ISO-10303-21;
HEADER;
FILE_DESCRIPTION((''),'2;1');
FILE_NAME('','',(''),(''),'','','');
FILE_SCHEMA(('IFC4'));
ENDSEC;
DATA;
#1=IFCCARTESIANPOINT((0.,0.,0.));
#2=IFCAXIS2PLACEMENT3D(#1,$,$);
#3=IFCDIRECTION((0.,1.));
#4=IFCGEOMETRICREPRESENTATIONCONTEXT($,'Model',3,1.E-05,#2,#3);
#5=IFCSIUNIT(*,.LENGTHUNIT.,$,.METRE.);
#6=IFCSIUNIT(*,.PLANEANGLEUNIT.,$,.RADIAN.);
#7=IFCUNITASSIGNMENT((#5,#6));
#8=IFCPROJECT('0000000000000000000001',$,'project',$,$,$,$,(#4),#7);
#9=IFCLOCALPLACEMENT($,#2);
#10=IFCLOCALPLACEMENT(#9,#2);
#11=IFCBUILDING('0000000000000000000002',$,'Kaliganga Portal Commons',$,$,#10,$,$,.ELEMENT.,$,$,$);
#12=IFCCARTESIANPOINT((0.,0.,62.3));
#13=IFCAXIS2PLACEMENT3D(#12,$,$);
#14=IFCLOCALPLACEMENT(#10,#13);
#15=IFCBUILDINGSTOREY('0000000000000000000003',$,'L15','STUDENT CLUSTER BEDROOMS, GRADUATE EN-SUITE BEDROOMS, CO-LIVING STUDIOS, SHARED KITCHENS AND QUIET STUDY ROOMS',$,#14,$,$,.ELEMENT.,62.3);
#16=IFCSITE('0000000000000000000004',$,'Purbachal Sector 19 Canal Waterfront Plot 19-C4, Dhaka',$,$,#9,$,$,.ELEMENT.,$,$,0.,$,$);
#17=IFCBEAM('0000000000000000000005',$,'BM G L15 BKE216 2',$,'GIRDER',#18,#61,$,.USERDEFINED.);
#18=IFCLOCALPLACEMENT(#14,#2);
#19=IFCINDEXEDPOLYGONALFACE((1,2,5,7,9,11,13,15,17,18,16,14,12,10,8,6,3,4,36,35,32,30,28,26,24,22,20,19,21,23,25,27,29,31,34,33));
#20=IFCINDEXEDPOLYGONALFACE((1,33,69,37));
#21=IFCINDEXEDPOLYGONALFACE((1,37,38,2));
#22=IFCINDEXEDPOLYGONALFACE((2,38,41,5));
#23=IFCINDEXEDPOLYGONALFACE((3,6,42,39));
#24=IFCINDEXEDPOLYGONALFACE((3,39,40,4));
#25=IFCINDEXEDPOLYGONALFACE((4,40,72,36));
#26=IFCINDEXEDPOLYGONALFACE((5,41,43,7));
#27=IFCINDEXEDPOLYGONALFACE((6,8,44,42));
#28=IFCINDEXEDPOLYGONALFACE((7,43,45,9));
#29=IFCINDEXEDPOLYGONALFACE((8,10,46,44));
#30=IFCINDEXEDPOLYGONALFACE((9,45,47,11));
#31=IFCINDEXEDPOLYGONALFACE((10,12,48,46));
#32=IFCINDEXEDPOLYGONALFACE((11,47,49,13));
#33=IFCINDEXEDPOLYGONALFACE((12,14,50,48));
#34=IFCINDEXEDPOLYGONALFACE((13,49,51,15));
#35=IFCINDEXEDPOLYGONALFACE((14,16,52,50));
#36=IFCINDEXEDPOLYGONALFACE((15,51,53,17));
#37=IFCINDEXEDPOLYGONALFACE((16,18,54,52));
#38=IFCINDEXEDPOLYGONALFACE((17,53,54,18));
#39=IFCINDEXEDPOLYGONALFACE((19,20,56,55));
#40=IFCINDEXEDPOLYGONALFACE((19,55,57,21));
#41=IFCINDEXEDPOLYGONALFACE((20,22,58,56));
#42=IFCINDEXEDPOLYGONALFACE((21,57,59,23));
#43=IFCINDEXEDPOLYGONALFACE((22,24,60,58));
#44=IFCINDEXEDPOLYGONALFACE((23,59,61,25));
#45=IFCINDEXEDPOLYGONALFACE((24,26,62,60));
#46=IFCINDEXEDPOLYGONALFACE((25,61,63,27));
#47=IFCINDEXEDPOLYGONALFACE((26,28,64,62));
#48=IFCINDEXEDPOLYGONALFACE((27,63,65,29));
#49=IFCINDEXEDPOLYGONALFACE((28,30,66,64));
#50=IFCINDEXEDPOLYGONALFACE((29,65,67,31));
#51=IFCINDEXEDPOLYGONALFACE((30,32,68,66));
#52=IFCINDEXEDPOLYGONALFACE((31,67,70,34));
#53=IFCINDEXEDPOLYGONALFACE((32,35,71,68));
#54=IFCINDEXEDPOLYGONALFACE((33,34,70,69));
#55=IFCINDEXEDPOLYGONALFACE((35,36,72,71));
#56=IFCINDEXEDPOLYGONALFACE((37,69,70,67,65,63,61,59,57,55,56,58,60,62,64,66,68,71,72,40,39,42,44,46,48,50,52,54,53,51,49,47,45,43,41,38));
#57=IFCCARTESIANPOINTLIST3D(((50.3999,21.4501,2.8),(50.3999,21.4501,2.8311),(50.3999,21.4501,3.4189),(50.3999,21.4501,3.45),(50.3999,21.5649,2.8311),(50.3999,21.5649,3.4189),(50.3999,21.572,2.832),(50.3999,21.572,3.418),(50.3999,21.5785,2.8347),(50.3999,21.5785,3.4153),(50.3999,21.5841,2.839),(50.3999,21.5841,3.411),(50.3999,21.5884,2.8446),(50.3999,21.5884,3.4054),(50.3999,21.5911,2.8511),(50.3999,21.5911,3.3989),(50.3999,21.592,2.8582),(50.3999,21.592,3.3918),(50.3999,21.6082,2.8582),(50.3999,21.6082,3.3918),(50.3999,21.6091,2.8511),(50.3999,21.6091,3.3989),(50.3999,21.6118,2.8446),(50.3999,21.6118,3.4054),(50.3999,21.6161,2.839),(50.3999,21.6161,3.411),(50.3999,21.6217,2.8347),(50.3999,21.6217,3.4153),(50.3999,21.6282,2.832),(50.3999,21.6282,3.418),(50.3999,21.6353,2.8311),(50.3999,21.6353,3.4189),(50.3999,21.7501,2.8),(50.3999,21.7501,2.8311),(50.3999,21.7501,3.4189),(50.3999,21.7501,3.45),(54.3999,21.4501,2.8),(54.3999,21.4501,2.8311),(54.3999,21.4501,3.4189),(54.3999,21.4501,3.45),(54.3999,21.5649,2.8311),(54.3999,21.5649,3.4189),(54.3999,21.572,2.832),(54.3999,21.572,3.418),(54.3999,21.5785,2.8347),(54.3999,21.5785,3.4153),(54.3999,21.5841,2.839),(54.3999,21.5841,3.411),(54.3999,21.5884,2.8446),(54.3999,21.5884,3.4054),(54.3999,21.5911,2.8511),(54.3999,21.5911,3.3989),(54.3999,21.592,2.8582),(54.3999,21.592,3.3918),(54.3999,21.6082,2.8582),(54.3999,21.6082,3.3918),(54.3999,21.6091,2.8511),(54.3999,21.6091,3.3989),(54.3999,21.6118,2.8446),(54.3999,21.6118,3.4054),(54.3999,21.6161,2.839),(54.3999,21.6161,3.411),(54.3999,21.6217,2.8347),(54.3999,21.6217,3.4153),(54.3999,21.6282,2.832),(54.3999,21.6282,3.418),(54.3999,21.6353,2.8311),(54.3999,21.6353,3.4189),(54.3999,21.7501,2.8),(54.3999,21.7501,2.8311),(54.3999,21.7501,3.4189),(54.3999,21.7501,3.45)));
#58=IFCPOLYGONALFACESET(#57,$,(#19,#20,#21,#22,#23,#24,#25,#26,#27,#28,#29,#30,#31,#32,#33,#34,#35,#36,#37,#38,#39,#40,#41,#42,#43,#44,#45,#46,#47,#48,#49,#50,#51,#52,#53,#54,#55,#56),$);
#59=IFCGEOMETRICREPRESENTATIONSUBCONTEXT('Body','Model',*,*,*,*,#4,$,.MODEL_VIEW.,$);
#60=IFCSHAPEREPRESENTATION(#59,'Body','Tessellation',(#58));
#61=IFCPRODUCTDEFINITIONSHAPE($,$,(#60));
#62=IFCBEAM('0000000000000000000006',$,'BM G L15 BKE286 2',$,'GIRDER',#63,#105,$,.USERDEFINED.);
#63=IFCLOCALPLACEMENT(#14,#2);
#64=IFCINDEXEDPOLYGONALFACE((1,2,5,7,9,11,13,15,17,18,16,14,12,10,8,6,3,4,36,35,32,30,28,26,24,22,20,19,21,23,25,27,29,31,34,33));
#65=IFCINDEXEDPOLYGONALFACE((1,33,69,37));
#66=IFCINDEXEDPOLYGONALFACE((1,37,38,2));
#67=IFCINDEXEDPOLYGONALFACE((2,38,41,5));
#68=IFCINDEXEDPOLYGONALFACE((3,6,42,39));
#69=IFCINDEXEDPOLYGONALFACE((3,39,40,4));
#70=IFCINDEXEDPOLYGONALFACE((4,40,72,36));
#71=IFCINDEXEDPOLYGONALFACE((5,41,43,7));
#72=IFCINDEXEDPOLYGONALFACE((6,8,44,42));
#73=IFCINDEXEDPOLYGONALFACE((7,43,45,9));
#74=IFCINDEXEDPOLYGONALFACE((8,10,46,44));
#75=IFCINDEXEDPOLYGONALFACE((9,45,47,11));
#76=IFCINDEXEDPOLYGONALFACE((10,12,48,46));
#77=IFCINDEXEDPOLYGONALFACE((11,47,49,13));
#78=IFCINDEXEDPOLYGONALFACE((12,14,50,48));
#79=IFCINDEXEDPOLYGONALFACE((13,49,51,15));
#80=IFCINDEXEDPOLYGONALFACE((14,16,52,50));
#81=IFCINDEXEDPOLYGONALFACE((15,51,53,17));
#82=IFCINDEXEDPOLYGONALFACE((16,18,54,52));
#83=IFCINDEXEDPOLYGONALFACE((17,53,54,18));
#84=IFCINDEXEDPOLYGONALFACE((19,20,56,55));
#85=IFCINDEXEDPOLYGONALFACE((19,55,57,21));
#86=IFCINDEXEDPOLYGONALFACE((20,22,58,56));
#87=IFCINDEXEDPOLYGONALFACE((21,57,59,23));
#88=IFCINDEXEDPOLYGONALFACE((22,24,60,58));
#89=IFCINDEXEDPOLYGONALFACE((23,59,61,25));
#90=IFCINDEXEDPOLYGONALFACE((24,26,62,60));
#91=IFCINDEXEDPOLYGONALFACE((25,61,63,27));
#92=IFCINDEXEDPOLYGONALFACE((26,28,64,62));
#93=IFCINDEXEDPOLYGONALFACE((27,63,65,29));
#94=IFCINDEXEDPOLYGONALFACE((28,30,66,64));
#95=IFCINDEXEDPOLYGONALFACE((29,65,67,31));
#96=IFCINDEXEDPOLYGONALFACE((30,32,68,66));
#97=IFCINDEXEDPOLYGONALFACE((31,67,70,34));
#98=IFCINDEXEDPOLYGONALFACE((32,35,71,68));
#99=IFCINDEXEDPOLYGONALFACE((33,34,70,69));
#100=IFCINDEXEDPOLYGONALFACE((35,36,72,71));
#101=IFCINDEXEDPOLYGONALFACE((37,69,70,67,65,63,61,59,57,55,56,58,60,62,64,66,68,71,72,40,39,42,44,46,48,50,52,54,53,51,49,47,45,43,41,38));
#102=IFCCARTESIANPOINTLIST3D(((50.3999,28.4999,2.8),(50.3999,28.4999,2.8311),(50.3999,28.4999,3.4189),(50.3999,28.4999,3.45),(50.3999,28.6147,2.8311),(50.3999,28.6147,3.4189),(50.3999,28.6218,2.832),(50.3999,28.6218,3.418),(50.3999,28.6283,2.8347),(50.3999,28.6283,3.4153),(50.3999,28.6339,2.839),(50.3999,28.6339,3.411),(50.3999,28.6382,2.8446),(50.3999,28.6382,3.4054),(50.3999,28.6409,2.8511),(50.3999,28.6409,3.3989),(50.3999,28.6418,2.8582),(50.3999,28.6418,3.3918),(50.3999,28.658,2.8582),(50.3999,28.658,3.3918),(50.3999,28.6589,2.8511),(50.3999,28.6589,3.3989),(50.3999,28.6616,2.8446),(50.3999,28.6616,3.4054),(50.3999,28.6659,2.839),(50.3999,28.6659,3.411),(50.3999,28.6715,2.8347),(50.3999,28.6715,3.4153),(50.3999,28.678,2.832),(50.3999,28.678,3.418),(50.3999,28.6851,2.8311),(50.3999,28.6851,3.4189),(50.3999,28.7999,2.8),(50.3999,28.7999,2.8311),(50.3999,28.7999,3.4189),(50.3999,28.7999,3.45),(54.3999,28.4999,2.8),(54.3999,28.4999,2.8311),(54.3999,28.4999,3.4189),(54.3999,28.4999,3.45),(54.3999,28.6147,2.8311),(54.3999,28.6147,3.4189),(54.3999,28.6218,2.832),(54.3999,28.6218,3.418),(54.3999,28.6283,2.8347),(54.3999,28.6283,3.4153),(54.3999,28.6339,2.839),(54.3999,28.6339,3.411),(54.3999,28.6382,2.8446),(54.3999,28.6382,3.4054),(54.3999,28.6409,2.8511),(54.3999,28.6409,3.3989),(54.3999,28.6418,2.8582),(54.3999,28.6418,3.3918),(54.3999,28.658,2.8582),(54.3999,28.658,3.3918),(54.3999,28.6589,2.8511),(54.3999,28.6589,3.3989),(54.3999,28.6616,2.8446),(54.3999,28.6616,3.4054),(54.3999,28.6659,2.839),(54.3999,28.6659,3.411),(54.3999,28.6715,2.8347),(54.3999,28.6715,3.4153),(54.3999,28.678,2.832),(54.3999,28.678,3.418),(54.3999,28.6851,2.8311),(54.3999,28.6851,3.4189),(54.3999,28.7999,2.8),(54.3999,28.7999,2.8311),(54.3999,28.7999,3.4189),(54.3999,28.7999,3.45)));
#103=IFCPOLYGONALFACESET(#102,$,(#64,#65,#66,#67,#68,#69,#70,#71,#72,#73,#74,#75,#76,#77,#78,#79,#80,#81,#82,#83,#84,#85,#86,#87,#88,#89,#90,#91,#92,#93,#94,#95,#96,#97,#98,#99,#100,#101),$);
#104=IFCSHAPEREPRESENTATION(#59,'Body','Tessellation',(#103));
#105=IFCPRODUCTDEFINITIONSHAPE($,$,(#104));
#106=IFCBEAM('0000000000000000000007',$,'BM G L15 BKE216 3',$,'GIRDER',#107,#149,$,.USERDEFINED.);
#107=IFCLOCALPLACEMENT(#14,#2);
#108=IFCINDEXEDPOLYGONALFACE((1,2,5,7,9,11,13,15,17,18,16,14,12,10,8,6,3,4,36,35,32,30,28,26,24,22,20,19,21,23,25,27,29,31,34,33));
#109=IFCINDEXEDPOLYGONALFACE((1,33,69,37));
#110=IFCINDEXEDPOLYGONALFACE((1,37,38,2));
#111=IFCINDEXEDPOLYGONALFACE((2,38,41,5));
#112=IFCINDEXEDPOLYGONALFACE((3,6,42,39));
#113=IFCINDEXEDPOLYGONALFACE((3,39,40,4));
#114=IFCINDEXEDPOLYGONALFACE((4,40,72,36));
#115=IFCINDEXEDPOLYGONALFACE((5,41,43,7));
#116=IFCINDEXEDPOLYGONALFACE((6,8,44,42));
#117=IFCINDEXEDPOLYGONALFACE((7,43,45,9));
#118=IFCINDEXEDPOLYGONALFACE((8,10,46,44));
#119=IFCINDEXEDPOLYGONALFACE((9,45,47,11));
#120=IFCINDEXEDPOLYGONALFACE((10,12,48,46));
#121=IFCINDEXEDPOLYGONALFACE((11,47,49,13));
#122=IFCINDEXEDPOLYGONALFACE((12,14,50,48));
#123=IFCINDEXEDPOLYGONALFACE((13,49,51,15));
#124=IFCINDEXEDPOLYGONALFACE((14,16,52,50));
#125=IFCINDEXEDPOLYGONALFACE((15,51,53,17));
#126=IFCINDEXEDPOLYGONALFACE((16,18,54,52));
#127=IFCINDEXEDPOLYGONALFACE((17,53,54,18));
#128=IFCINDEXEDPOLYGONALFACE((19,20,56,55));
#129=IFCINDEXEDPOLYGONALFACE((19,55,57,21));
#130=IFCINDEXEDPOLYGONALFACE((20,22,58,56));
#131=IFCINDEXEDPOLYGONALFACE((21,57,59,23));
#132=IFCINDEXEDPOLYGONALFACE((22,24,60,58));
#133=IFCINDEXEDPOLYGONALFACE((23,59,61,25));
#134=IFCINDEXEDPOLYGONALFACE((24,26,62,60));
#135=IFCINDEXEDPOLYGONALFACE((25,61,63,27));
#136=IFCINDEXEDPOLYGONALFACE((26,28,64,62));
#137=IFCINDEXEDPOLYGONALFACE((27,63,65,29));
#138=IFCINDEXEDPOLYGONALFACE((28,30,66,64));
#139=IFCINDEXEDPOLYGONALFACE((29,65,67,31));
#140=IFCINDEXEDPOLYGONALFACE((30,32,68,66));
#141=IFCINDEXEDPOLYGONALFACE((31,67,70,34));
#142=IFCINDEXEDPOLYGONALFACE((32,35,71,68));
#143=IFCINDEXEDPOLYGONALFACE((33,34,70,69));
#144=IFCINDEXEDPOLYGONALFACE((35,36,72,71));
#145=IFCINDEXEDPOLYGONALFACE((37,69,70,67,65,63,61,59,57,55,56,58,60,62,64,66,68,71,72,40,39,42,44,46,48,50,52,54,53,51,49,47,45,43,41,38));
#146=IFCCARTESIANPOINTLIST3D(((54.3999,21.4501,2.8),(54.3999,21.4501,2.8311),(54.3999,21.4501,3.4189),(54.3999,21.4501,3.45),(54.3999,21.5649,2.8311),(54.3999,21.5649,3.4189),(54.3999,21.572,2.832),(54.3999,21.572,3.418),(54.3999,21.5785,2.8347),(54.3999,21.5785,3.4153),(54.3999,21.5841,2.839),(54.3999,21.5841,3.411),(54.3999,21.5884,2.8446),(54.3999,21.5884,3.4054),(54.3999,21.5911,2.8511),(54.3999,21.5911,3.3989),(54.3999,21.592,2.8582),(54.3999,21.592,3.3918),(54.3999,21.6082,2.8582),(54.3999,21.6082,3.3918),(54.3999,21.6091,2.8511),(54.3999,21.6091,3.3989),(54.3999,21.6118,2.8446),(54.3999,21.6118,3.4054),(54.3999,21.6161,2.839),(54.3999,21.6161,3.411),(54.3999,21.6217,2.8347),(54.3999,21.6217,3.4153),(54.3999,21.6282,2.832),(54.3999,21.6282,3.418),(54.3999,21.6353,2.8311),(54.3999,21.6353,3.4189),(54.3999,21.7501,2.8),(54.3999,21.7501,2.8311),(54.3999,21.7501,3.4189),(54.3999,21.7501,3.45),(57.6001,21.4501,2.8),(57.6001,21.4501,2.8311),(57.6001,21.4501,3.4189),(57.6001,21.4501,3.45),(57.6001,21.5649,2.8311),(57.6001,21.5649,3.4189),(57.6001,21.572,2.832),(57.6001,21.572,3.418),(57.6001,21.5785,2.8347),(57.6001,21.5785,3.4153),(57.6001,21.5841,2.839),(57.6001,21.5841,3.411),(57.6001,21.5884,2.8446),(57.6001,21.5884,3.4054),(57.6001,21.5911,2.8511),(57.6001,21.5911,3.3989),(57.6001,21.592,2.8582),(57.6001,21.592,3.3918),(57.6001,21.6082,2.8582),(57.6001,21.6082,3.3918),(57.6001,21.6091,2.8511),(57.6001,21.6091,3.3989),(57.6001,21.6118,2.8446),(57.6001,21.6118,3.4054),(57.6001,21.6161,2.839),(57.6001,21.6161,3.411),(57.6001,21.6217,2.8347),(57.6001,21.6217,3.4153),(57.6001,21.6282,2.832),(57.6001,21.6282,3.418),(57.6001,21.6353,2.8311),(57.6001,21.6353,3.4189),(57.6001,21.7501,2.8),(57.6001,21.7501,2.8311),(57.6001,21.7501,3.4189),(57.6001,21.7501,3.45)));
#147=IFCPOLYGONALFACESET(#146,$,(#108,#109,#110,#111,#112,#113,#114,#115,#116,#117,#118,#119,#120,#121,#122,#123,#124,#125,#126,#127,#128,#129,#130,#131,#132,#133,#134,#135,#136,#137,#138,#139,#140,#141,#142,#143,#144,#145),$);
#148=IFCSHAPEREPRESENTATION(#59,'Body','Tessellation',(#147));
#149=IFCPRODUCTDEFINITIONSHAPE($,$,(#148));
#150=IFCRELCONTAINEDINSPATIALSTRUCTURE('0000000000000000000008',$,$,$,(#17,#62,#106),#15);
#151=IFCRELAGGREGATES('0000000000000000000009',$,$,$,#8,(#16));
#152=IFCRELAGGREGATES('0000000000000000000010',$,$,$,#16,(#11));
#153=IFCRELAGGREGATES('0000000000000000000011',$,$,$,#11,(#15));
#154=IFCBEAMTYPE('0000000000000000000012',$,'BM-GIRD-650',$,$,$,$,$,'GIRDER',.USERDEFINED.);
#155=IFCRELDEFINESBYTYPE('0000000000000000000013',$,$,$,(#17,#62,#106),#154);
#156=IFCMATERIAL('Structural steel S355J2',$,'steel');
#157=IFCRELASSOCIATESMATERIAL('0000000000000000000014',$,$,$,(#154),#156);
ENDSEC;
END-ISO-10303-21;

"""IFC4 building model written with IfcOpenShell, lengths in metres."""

from ifc_helpers import new_model, si_unit, direction, frame, origin, origin_2d, place, context, subcontext, project, spatial, i_section, extrude, source, transform, mapped, material, material_profile, profile_set, type_object, element, save


model = new_model("IFC4")

# Units and contexts
model_context = context("Model", 3, precision=1e-05, world=origin(), true_north=direction((0.0, 1.0)))
body_context = subcontext(model_context, "Body", "Model", "MODEL_VIEW")
ifc_project = project(units=[si_unit("LENGTHUNIT", "METRE"), si_unit("PLANEANGLEUNIT", "RADIAN")], contexts=[model_context])

# Site, building, storey
site_placement = place(None, origin())
site = spatial("IfcSite", under=ifc_project, at=site_placement, Name="Purbachal Sector 19 Canal Waterfront Plot 19-C4, Dhaka", CompositionType="ELEMENT", RefElevation=0.0)
building_placement = place(site_placement, origin())
building = spatial("IfcBuilding", under=site, at=building_placement, Name="Kaliganga Portal Commons", CompositionType="ELEMENT")
storey_placement = place(building_placement, frame((0.0, 0.0, 62.3)))
storey = spatial("IfcBuildingStorey", under=building, at=storey_placement, Name="L15", Description="STUDENT CLUSTER BEDROOMS, GRADUATE EN-SUITE BEDROOMS, CO-LIVING STUDIOS, SHARED KITCHENS AND QUIET STUDY ROOMS", CompositionType="ELEMENT", Elevation=62.3)

# Beams
ifc_material_1 = material(Name="Structural steel S355J2", Category="steel")
ifc_material_profile_1 = material_profile(ifc_material_1, i_section(OverallWidth=0.3, OverallDepth=0.6499, WebThickness=0.0161, FlangeThickness=0.031, FilletRadius=0.0271, at=origin_2d()), Name="HE 650 B")
ifc_profile_set_1 = profile_set([ifc_material_profile_1], Name="Structural steel S355J2 wide-flange")
beam_type_1 = type_object("IfcBeamType", Name="BM-GIRD-650", ElementType="GIRDER", PredefinedType="USERDEFINED", material=ifc_profile_set_1)
shared_shape_1 = source(origin(), body_context, "Body", "SweptSolid", [
    extrude(i_section(OverallWidth=0.3, OverallDepth=0.6499, WebThickness=0.0161, FlangeThickness=0.031, FilletRadius=0.0271, at=origin_2d()), origin(), (0.0, 0.0, 1.0), 4.0),
])
for number, where, z_axis, x_axis, name in (
    (1, (50.3999, 21.6001, 3.125), (1.0, 0.0, 0.0), (0.0, 1.0, 0.0), "BM G L15 BKE216 2"),
    (2, (50.3999, 28.6499, 3.125), (1.0, 0.0, 0.0), (0.0, 1.0, 0.0), "BM G L15 BKE286 2"),
):
    element("IfcBeam", number, at=place(storey_placement, frame(where, z_axis=z_axis, x_axis=x_axis)), inside=storey, type_object=beam_type_1, Name=name, ObjectType="GIRDER", PredefinedType="USERDEFINED", context=body_context, shape_type="MappedRepresentation", body=[
        mapped(shared_shape_1, transform((0.0, 0.0, 0.0), x_axis=(1.0, 0.0, 0.0), y_axis=(0.0, 1.0, 0.0), z_axis=(0.0, 0.0, 1.0), scale=1.0)),
    ])
shared_shape_2 = source(origin(), body_context, "Body", "SweptSolid", [
    extrude(i_section(OverallWidth=0.3, OverallDepth=0.6499, WebThickness=0.0161, FlangeThickness=0.031, FilletRadius=0.0271, at=origin_2d()), origin(), (0.0, 0.0, 1.0), 3.2002),
])
beam_1_placement = place(storey_placement, frame((54.3999, 21.6001, 3.125), z_axis=(1.0, 0.0, 0.0), x_axis=(0.0, 1.0, 0.0)))
element("IfcBeam", 3, at=beam_1_placement, inside=storey, type_object=beam_type_1, Name="BM G L15 BKE216 3", ObjectType="GIRDER", PredefinedType="USERDEFINED", context=body_context, shape_type="MappedRepresentation", body=[
    mapped(shared_shape_2, transform((0.0, 0.0, 0.0), x_axis=(1.0, 0.0, 0.0), y_axis=(0.0, 1.0, 0.0), z_axis=(0.0, 0.0, 1.0), scale=1.0)),
])

save(model, "model.ifc")
